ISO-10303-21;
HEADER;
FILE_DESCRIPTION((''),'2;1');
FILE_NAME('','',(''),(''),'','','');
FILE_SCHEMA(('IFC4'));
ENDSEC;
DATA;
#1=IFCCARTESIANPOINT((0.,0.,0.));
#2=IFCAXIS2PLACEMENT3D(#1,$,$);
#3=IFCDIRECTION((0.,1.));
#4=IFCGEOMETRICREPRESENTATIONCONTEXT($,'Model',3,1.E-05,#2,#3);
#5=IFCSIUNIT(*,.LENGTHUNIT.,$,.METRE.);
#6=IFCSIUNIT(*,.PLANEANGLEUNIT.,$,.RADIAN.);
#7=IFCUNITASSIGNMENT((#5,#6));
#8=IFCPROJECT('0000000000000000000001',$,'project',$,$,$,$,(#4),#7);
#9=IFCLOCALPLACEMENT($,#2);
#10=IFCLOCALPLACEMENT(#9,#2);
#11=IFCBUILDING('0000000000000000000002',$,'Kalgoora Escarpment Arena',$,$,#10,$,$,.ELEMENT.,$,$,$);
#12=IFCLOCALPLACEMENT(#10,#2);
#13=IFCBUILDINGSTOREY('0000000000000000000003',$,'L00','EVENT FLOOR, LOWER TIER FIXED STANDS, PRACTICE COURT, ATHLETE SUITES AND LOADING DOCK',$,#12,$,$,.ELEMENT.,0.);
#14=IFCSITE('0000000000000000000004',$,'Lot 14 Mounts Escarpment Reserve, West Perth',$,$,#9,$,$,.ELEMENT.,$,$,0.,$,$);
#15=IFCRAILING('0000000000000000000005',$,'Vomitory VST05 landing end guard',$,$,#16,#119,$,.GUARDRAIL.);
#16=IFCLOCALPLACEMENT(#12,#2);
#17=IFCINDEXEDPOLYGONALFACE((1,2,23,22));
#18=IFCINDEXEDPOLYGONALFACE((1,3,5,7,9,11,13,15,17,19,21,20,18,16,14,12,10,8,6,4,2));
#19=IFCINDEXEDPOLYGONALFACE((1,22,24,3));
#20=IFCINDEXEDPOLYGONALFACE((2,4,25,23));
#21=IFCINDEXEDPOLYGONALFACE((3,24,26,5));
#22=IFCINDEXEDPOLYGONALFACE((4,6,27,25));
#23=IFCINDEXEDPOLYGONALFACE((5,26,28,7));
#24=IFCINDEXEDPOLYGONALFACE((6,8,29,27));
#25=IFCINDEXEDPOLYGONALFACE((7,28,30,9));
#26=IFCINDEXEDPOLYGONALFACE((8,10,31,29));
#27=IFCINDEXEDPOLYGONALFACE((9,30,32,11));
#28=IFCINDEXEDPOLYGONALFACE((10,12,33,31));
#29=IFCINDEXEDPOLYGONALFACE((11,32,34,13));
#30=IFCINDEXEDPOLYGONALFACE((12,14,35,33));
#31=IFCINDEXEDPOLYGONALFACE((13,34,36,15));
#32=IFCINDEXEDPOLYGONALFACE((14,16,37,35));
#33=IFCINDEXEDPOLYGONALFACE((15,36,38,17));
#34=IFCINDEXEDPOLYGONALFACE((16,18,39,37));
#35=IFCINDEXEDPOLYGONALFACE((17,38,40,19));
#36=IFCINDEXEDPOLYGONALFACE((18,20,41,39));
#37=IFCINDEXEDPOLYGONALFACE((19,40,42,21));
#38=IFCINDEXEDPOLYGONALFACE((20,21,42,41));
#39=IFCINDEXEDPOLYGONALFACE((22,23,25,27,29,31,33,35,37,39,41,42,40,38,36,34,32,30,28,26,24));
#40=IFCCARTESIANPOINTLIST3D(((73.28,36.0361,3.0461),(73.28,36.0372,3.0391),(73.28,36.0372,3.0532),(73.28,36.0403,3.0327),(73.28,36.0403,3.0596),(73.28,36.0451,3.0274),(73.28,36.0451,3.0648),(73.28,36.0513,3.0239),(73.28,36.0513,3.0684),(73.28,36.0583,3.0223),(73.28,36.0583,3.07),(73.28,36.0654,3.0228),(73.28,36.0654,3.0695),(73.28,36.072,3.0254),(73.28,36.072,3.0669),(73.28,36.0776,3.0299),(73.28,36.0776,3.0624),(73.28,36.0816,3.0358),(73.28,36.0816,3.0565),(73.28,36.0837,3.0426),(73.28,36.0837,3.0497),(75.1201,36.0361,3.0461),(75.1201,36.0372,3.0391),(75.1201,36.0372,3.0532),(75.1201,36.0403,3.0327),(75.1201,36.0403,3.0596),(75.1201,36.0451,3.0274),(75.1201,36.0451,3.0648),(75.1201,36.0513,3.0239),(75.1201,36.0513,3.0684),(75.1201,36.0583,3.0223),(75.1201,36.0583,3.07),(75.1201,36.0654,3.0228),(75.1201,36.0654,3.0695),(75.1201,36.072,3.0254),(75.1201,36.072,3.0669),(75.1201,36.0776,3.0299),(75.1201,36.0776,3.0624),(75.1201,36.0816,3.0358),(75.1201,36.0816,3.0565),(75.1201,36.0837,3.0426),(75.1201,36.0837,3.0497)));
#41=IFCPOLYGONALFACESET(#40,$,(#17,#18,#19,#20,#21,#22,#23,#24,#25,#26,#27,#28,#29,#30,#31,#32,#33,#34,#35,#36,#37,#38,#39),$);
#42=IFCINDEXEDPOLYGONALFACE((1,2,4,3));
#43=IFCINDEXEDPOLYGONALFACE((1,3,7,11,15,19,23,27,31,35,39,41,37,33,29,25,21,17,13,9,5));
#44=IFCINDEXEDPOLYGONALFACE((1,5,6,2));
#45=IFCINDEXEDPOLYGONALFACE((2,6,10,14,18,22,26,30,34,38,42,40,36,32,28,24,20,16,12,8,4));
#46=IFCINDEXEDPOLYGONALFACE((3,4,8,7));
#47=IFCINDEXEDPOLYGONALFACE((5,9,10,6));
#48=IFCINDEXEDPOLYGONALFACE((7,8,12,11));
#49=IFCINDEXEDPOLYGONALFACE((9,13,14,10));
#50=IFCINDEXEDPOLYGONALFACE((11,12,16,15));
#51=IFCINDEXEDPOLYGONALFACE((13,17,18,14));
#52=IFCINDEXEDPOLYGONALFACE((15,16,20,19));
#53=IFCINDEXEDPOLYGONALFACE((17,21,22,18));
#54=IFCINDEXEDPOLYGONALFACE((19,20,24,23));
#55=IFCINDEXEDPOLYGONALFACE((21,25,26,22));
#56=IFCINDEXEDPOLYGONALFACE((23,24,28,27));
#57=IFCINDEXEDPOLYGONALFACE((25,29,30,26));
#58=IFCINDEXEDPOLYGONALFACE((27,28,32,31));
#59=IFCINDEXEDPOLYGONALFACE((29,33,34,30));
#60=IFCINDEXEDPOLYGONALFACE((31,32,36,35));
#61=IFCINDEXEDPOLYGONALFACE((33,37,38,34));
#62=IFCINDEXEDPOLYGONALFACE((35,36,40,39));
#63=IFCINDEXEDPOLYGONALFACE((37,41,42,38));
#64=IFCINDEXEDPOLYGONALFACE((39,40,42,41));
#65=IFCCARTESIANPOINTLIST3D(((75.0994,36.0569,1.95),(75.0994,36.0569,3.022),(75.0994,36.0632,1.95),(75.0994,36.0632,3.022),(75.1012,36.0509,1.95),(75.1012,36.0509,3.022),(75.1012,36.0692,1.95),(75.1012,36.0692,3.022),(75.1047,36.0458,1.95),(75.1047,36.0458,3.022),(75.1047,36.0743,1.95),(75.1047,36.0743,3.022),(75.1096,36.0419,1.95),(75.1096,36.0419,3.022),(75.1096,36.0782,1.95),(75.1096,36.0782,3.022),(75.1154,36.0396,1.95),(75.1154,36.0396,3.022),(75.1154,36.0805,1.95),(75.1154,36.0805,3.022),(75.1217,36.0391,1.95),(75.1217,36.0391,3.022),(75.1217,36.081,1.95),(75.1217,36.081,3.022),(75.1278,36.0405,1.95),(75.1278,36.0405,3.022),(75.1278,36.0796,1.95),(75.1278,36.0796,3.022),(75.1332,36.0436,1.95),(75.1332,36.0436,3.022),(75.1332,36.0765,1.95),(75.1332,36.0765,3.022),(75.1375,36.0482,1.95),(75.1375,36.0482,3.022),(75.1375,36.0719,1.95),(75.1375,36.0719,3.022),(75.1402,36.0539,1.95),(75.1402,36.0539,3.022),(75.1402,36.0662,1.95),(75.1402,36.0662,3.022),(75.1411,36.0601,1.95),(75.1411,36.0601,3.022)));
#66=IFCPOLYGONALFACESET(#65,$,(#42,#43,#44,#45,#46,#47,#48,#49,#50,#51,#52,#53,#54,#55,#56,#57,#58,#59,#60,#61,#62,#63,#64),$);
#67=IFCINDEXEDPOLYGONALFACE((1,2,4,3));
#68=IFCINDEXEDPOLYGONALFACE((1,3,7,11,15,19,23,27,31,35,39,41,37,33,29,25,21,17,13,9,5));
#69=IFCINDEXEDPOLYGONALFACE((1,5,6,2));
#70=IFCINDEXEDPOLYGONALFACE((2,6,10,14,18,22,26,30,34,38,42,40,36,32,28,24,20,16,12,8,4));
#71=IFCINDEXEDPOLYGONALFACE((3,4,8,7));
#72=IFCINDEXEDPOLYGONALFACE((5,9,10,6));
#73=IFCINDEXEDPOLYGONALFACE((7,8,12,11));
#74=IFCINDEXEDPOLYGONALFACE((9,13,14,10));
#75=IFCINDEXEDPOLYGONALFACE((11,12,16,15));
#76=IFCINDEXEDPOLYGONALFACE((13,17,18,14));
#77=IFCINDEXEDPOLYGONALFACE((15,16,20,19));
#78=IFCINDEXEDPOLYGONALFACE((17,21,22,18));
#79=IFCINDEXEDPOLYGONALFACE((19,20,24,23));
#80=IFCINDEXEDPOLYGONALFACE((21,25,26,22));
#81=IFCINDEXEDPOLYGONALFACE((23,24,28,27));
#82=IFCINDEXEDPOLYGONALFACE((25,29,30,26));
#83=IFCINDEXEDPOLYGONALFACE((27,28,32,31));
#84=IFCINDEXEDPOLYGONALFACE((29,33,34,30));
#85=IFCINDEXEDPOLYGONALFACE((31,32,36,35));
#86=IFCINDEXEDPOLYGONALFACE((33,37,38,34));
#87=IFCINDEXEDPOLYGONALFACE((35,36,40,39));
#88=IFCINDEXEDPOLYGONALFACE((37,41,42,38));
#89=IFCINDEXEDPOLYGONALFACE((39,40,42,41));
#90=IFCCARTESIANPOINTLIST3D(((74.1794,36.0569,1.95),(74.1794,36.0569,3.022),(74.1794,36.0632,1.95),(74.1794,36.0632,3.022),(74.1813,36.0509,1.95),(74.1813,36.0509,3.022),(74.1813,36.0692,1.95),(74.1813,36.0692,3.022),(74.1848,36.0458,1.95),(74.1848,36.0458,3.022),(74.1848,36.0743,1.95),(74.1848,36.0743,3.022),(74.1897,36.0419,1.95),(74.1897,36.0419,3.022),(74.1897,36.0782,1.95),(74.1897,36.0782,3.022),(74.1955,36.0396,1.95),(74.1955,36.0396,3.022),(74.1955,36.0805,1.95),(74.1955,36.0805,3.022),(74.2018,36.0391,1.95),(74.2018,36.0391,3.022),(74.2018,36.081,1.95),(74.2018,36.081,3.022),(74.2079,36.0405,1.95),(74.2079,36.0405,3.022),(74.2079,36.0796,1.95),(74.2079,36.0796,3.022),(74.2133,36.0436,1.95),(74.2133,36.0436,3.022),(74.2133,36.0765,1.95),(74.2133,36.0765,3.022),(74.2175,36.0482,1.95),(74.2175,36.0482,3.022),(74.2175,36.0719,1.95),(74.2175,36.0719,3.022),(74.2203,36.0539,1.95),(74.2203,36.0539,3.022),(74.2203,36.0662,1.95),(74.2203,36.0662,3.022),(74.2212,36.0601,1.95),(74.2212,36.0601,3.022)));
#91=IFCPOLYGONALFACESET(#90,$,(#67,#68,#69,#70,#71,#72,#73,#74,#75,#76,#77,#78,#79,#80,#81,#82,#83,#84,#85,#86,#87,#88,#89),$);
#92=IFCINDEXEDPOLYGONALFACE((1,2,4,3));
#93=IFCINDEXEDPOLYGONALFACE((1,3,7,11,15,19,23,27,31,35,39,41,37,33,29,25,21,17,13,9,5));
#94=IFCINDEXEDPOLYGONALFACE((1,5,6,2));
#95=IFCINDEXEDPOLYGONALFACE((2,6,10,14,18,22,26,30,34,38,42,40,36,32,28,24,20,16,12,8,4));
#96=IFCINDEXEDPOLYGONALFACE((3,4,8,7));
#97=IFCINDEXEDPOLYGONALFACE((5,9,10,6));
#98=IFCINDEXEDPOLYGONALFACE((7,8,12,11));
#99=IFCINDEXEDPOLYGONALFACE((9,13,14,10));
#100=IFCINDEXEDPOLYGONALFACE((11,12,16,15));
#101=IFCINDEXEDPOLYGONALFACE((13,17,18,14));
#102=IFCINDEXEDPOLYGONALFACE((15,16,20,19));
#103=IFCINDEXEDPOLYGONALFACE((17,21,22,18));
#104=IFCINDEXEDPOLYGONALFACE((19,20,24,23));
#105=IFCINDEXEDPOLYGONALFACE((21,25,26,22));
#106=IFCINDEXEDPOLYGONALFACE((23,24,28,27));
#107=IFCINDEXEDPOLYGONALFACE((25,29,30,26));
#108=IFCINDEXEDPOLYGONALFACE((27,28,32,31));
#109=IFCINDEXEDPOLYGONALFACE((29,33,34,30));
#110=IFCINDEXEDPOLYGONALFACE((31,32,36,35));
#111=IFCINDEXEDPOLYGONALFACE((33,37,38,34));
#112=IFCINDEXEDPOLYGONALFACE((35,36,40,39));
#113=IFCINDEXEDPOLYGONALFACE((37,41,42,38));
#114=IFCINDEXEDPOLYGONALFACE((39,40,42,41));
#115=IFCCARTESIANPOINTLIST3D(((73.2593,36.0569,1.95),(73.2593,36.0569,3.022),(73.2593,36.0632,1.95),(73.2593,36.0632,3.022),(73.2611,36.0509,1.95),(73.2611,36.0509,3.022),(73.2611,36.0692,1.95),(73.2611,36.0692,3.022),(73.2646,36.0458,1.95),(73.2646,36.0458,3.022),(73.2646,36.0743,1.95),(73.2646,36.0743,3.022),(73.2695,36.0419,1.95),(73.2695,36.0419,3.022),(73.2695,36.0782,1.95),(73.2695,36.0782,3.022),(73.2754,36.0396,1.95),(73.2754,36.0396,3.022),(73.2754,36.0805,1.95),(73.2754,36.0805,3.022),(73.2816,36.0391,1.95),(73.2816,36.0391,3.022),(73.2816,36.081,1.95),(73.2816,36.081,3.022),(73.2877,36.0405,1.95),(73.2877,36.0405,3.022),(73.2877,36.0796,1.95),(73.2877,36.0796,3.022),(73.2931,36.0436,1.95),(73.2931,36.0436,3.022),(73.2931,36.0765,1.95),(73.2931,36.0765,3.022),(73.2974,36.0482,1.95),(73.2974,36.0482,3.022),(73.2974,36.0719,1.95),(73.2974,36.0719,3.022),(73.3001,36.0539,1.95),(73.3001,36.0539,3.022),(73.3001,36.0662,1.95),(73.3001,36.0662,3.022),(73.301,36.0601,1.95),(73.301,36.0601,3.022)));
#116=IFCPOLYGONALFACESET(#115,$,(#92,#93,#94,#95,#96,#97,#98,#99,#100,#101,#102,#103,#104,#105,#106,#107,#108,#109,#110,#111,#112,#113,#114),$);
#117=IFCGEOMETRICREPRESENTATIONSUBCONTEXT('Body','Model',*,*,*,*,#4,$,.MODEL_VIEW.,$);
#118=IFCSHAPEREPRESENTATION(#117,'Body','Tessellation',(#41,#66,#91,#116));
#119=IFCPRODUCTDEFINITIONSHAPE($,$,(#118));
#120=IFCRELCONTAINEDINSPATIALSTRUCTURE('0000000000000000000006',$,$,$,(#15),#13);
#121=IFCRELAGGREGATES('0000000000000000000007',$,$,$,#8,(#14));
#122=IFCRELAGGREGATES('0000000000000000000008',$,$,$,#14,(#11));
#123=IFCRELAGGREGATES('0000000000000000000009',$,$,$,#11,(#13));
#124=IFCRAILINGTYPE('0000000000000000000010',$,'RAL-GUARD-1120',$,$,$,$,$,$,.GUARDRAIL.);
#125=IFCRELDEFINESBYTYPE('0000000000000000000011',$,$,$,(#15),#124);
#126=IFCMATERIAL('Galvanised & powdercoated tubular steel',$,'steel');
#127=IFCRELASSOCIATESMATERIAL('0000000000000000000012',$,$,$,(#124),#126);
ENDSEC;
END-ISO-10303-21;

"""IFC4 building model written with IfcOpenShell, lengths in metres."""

from ifc_helpers import new_model, si_unit, direction, frame, origin, origin_2d, place, context, subcontext, project, spatial, circle, extrude, material, type_object, element, save


model = new_model("IFC4")

# Units and contexts
model_context = context("Model", 3, precision=1e-05, world=origin(), true_north=direction((0.0, 1.0)))
body_context = subcontext(model_context, "Body", "Model", "MODEL_VIEW")
ifc_project = project(units=[si_unit("LENGTHUNIT", "METRE"), si_unit("PLANEANGLEUNIT", "RADIAN")], contexts=[model_context])

# Site, building, storey
site_placement = place(None, origin())
site = spatial("IfcSite", under=ifc_project, at=site_placement, Name="Lot 14 Mounts Escarpment Reserve, West Perth", CompositionType="ELEMENT", RefElevation=0.0)
building_placement = place(site_placement, origin())
building = spatial("IfcBuilding", under=site, at=building_placement, Name="Kalgoora Escarpment Arena", CompositionType="ELEMENT")
storey_placement = place(building_placement, origin())
storey = spatial("IfcBuildingStorey", under=building, at=storey_placement, Name="L00", Description="EVENT FLOOR, LOWER TIER FIXED STANDS, PRACTICE COURT, ATHLETE SUITES AND LOADING DOCK", CompositionType="ELEMENT", Elevation=0.0)

# Railing
ifc_material_1 = material(Name="Galvanised & powdercoated tubular steel", Category="steel")
railing_type_1 = type_object("IfcRailingType", Name="RAL-GUARD-1120", PredefinedType="GUARDRAIL", material=ifc_material_1)
railing_1_placement = place(storey_placement, frame((75.1201, 36.0601, 1.95)))
element("IfcRailing", 1, at=railing_1_placement, inside=storey, type_object=railing_type_1, Name="Vomitory VST05 landing end guard", PredefinedType="GUARDRAIL", context=body_context, shape_type="SweptSolid", body=[
    extrude(circle(Radius=0.0239, at=origin_2d()), frame((0.0, 0.0, 1.0962), z_axis=(-1.0, 0.0, 0.0), x_axis=(0.0, -1.0, 0.0)), (0.0, 0.0, 1.0), 1.8401),
    extrude(circle(Radius=0.021, at=origin_2d()), origin(), (0.0, 0.0, 1.0), 1.072),
    extrude(circle(Radius=0.021, at=origin_2d()), frame((-0.9199, 0.0, 0.0)), (0.0, 0.0, 1.0), 1.072),
    extrude(circle(Radius=0.021, at=origin_2d()), frame((-1.8401, 0.0, 0.0)), (0.0, 0.0, 1.0), 1.072),
])

save(model, "model.ifc")
